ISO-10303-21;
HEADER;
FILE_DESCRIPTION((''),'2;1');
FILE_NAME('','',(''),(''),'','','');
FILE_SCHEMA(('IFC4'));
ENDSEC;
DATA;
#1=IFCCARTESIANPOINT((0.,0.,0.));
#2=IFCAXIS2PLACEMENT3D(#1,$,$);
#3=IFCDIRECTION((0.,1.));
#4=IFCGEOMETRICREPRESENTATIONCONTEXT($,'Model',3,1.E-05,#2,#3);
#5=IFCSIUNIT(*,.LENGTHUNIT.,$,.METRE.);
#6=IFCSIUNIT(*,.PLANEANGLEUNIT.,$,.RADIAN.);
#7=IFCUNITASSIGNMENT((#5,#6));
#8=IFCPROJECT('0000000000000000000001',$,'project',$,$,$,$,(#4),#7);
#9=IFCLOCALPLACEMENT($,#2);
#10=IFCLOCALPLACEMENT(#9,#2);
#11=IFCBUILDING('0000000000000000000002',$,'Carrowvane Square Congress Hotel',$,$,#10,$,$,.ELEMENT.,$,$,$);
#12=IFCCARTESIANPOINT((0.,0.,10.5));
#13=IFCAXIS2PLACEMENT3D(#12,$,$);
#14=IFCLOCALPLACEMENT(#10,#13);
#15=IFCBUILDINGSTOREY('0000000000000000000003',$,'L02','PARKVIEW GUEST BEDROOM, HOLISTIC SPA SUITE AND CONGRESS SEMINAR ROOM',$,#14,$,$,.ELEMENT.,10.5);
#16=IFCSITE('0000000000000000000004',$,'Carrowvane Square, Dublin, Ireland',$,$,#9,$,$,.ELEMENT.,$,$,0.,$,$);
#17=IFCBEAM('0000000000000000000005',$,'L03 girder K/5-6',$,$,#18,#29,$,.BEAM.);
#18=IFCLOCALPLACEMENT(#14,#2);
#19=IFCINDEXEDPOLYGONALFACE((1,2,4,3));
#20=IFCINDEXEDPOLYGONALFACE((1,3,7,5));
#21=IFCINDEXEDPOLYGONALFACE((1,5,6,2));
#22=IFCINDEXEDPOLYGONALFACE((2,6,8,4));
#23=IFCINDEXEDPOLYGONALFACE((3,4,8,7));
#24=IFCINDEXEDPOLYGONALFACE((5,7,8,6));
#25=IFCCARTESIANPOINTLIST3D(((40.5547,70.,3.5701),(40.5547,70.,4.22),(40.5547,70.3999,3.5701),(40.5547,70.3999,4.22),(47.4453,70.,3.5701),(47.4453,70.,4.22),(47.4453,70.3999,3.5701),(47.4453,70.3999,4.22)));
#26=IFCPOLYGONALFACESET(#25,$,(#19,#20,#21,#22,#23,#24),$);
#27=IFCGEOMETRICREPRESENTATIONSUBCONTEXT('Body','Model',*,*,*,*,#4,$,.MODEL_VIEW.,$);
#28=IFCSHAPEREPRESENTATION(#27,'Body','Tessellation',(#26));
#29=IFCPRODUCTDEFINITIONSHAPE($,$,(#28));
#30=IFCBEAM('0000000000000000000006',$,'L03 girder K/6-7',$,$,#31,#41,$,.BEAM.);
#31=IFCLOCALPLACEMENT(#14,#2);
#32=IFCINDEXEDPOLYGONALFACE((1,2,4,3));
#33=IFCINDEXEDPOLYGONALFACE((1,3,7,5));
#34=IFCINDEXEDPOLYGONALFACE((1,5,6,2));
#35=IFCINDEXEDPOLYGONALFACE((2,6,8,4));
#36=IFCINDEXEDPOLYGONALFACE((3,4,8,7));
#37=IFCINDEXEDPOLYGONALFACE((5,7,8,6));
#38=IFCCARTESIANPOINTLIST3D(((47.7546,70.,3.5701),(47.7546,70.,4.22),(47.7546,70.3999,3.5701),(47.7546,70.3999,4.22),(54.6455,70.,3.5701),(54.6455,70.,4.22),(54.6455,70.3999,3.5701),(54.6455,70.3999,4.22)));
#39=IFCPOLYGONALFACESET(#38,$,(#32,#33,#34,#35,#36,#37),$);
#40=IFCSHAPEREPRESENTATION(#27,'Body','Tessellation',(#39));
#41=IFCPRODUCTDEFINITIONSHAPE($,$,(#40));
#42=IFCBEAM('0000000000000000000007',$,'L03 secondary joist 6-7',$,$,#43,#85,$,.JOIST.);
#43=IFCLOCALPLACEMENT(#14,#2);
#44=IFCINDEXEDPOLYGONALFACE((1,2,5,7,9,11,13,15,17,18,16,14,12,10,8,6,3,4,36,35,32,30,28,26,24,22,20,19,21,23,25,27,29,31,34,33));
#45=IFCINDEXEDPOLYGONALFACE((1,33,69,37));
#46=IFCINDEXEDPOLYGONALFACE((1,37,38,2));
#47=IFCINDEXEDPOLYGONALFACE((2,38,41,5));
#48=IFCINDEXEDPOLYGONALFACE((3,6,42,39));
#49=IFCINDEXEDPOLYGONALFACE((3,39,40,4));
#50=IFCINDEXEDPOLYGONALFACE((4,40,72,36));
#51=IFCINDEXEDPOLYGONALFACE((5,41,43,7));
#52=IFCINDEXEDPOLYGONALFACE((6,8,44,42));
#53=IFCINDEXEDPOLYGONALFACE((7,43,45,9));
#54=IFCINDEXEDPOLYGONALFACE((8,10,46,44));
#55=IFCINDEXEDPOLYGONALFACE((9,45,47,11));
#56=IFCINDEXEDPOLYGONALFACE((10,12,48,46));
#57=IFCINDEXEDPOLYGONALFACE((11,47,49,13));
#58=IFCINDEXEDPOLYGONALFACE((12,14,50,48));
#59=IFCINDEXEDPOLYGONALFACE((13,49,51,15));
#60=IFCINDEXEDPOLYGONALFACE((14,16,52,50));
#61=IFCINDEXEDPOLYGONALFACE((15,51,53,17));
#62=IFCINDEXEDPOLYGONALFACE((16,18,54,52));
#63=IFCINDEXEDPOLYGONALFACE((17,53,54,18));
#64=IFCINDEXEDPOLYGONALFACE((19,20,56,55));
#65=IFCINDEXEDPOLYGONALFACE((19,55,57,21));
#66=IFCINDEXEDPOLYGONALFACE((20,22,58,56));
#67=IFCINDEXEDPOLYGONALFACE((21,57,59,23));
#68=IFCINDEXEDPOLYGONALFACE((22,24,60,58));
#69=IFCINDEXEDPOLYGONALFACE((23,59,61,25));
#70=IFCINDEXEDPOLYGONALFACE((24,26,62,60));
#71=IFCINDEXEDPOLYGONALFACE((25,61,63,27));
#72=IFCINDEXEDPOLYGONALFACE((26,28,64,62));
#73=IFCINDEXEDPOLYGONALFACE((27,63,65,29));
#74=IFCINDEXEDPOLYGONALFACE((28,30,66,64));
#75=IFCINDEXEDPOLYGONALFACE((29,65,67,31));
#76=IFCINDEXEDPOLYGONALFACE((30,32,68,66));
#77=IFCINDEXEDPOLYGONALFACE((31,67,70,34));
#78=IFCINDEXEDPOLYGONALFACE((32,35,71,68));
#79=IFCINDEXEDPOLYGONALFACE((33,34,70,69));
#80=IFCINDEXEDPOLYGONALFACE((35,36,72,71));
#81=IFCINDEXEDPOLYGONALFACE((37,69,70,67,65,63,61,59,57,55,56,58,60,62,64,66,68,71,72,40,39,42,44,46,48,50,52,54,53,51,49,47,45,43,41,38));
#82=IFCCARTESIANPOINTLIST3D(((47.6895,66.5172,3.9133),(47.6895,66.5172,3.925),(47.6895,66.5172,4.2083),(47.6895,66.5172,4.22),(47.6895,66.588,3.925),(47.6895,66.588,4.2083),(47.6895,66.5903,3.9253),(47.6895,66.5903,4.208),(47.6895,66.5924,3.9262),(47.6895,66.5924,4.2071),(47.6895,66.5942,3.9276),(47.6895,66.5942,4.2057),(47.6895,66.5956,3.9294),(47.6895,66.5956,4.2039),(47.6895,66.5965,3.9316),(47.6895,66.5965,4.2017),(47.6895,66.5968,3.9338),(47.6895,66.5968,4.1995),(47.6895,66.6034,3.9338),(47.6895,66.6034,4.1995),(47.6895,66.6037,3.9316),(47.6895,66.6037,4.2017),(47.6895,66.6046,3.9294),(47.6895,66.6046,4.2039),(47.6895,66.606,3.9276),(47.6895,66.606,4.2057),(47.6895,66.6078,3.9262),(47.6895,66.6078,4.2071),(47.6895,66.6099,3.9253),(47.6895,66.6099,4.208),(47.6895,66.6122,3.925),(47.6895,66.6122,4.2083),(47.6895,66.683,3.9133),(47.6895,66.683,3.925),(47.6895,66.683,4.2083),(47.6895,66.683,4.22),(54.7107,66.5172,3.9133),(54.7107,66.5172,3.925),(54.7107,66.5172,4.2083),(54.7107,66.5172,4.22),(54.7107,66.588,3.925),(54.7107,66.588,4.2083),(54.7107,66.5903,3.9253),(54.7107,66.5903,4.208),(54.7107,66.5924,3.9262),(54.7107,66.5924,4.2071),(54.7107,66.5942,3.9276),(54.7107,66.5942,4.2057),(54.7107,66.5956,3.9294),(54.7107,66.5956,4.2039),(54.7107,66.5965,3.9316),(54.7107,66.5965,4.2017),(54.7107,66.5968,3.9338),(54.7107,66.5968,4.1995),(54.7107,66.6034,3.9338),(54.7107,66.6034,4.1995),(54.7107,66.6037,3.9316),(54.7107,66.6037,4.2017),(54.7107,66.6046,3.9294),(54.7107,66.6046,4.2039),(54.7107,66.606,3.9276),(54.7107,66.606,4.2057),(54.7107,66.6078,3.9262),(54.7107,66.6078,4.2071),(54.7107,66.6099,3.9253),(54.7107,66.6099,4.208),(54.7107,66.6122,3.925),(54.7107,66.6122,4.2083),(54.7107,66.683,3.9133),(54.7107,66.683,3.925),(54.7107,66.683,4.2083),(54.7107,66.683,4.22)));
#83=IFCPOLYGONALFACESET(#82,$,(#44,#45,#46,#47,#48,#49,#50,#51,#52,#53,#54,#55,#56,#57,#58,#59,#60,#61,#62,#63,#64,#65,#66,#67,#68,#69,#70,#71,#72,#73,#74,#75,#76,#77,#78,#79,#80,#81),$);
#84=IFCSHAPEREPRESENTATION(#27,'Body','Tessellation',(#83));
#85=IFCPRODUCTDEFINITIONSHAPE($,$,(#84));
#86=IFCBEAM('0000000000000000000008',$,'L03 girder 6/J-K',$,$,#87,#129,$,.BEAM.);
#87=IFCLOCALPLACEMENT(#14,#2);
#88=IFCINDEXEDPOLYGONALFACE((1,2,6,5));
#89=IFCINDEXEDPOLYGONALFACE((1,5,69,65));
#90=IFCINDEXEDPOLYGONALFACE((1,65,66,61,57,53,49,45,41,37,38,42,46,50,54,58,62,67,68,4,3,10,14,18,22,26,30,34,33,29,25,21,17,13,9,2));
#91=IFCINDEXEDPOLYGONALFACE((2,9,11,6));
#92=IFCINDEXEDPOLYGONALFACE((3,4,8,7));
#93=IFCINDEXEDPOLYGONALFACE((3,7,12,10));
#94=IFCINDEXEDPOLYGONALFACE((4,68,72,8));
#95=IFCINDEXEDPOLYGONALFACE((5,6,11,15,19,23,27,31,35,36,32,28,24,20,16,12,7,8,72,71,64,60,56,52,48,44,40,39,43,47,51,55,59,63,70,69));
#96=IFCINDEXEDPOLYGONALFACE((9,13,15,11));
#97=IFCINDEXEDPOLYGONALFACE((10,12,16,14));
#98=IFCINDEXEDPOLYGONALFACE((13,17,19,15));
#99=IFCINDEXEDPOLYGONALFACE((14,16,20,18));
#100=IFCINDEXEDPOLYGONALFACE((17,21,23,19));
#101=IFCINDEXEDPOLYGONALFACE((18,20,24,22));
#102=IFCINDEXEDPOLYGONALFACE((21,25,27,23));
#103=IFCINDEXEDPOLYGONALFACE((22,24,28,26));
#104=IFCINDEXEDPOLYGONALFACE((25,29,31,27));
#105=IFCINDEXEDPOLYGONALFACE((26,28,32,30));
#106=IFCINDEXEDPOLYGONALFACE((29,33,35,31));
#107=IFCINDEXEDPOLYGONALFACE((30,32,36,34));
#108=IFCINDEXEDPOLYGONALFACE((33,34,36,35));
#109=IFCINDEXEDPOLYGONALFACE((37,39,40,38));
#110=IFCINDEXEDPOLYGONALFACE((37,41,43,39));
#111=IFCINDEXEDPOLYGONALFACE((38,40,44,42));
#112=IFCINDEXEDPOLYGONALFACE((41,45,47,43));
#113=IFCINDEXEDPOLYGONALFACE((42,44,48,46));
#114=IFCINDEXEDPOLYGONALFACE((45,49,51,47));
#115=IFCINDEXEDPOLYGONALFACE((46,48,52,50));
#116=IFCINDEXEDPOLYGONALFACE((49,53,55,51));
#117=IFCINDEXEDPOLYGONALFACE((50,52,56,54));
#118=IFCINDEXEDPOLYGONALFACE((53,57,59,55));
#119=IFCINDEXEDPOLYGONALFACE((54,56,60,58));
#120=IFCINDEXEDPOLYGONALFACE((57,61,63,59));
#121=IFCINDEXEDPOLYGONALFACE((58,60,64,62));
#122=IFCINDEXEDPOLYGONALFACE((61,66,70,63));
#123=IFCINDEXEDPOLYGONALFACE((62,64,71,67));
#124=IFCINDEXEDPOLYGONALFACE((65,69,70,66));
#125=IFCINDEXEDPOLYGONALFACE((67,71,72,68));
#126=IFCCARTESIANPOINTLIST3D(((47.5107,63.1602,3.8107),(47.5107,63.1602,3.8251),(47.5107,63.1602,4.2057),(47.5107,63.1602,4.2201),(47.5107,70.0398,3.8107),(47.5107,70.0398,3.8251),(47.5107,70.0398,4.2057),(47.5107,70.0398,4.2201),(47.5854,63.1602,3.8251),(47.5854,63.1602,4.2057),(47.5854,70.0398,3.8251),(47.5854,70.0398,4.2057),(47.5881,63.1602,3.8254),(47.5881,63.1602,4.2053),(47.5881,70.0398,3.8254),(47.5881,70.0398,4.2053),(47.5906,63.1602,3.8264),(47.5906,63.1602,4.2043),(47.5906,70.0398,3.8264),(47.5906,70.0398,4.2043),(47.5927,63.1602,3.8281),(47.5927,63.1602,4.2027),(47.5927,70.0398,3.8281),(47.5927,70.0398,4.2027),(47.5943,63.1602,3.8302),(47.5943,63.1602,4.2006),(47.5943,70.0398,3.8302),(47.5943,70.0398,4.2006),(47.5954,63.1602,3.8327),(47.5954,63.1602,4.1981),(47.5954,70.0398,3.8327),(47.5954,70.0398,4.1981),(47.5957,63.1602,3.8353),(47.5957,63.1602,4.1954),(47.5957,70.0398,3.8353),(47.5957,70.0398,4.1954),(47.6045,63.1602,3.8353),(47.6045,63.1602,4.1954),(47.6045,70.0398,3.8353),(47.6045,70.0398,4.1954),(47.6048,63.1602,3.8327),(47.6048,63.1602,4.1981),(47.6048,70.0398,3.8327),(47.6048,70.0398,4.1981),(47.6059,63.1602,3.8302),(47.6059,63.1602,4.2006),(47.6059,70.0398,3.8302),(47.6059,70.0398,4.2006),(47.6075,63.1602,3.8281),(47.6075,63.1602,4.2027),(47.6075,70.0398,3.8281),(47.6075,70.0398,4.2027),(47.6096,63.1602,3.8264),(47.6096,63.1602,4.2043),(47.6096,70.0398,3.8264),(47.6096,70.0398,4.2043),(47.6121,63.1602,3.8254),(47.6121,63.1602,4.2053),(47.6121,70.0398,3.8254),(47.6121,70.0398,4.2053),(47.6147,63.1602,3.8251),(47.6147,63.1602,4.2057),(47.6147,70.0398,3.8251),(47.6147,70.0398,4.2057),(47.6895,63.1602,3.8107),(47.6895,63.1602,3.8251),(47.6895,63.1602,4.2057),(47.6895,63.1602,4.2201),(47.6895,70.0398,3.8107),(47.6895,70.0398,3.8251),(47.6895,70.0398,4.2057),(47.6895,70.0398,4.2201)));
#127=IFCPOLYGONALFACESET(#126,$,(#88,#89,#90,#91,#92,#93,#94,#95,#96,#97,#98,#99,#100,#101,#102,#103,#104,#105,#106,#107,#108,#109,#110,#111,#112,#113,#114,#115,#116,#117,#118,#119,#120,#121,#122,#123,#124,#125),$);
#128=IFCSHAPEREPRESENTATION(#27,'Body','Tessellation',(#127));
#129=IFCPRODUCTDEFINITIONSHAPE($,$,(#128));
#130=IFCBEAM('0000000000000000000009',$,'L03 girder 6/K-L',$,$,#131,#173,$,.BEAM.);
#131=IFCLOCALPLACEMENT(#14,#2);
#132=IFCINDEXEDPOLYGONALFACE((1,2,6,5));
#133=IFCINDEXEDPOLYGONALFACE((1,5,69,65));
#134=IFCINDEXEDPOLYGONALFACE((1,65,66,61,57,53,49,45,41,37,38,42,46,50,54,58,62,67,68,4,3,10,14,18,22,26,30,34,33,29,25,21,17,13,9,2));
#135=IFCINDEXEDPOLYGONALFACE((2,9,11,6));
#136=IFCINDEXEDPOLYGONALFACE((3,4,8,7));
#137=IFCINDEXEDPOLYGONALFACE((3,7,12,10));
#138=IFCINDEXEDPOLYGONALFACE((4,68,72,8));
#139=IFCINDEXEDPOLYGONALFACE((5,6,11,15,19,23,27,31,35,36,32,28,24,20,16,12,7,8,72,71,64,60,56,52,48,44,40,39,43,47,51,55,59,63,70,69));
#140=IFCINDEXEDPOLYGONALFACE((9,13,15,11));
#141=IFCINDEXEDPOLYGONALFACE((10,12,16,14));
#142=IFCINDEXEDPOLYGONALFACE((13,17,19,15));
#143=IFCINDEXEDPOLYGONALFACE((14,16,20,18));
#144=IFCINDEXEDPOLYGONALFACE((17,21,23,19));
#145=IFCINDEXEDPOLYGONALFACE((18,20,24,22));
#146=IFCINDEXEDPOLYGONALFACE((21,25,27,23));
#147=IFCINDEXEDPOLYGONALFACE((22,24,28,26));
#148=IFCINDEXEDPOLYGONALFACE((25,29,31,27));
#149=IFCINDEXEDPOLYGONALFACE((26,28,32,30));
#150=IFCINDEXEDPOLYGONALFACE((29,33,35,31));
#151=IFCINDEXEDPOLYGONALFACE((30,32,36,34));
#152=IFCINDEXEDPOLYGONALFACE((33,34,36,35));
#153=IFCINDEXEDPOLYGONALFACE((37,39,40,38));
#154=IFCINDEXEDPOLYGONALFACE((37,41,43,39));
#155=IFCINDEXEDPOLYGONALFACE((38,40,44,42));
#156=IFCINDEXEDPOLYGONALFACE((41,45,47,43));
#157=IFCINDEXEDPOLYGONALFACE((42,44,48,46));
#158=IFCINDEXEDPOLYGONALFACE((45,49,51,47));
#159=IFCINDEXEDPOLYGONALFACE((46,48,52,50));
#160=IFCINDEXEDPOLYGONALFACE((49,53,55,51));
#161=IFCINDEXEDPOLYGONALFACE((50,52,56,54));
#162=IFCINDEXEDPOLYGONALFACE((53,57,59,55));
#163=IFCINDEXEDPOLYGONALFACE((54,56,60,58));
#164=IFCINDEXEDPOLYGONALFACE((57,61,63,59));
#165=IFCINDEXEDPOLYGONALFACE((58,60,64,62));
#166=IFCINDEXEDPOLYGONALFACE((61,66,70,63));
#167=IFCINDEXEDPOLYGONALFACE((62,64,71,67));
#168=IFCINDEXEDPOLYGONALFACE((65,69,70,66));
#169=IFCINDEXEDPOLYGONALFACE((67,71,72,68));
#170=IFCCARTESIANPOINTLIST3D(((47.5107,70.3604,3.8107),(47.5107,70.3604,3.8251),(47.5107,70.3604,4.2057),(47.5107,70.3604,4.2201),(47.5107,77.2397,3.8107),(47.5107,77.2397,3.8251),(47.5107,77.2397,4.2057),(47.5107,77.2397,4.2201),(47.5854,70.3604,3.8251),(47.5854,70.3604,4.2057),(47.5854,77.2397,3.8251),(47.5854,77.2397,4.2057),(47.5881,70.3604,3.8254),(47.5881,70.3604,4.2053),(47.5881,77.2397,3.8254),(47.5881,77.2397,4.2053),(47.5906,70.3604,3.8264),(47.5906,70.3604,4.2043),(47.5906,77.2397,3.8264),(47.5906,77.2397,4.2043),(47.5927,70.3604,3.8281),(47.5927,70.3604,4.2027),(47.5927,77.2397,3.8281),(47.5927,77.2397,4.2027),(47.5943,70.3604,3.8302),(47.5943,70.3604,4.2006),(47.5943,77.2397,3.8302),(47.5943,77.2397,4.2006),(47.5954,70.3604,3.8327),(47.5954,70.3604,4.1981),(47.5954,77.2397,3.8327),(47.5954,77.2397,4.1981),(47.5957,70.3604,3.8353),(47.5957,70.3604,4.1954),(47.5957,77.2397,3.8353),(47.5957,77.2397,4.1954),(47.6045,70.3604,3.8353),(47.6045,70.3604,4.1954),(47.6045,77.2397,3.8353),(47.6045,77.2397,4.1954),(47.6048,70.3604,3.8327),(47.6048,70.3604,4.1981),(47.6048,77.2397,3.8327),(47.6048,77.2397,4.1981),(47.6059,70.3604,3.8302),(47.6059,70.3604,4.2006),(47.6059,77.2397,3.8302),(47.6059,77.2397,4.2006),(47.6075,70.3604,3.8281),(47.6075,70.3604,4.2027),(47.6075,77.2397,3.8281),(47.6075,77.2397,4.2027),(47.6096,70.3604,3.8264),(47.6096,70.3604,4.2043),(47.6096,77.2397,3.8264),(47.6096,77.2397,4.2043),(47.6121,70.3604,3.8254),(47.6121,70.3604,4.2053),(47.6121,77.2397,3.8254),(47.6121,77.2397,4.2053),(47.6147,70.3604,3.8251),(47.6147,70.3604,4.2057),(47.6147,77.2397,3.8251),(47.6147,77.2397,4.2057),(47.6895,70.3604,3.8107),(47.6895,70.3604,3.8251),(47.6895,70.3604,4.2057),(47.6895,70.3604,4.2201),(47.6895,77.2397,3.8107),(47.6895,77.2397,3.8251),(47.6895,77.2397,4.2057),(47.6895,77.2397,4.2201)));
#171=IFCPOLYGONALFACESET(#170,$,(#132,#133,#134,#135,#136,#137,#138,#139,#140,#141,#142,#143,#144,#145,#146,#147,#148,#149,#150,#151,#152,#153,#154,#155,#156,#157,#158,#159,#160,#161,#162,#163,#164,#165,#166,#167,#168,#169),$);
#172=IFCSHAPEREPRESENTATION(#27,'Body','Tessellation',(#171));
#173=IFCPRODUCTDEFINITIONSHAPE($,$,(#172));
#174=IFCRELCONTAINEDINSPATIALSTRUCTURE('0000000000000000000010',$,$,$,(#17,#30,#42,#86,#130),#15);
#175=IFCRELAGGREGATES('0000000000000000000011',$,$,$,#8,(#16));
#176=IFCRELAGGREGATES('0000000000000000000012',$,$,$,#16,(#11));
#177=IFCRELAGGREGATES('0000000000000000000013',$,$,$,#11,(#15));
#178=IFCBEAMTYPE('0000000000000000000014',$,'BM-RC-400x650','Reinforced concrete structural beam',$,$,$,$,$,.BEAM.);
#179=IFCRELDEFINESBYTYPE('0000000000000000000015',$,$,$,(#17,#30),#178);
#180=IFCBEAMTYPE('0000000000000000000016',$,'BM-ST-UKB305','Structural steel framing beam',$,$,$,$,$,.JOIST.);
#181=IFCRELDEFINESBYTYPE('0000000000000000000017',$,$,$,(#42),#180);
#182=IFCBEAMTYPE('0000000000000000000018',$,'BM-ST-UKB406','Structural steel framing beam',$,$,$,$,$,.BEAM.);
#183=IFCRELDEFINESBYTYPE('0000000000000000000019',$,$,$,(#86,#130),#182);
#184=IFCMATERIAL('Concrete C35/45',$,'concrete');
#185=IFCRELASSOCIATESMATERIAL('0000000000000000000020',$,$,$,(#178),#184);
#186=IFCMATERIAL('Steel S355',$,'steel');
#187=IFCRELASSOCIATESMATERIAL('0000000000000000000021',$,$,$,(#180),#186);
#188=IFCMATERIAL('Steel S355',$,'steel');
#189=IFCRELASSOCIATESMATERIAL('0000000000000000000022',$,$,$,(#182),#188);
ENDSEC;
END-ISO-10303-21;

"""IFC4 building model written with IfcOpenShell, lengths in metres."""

from ifc_helpers import new_model, si_unit, direction, frame, origin, origin_2d, place, context, subcontext, project, spatial, rectangle, i_section, extrude, material, material_profile, profile_set, type_object, element, save


model = new_model("IFC4")

# Units and contexts
model_context = context("Model", 3, precision=1e-05, world=origin(), true_north=direction((0.0, 1.0)))
body_context = subcontext(model_context, "Body", "Model", "MODEL_VIEW")
ifc_project = project(units=[si_unit("LENGTHUNIT", "METRE"), si_unit("PLANEANGLEUNIT", "RADIAN")], contexts=[model_context])

# Site, building, storey
site_placement = place(None, origin())
site = spatial("IfcSite", under=ifc_project, at=site_placement, Name="Carrowvane Square, Dublin, Ireland", CompositionType="ELEMENT", RefElevation=0.0)
building_placement = place(site_placement, origin())
building = spatial("IfcBuilding", under=site, at=building_placement, Name="Carrowvane Square Congress Hotel", CompositionType="ELEMENT")
storey_placement = place(building_placement, frame((0.0, 0.0, 10.5)))
storey = spatial("IfcBuildingStorey", under=building, at=storey_placement, Name="L02", Description="PARKVIEW GUEST BEDROOM, HOLISTIC SPA SUITE AND CONGRESS SEMINAR ROOM", CompositionType="ELEMENT", Elevation=10.5)

# Beams
ifc_material_1 = material(Name="Concrete C35/45", Category="concrete")
ifc_material_profile_1 = material_profile(ifc_material_1, rectangle(XDim=0.3999, YDim=0.6499, at=origin_2d()), Name="RC 400x650")
ifc_profile_set_1 = profile_set([ifc_material_profile_1], Name="Concrete C35/45")
beam_type_1 = type_object("IfcBeamType", Name="BM-RC-400x650", Description="Reinforced concrete structural beam", PredefinedType="BEAM", material=ifc_profile_set_1)
beam_1_placement = place(storey_placement, frame((40.5547, 70.2, 3.895), z_axis=(1.0, 0.0, 0.0), x_axis=(0.0, 1.0, 0.0)))
element("IfcBeam", 1, at=beam_1_placement, inside=storey, type_object=beam_type_1, Name="L03 girder K/5-6", PredefinedType="BEAM", context=body_context, shape_type="SweptSolid", body=[
    extrude(rectangle(XDim=0.3999, YDim=0.6499, at=origin_2d()), origin(), (0.0, 0.0, 1.0), 6.8906),
])
beam_2_placement = place(storey_placement, frame((47.7546, 70.2, 3.895), z_axis=(1.0, 0.0, 0.0), x_axis=(0.0, 1.0, 0.0)))
element("IfcBeam", 2, at=beam_2_placement, inside=storey, type_object=beam_type_1, Name="L03 girder K/6-7", PredefinedType="BEAM", context=body_context, shape_type="SweptSolid", body=[
    extrude(rectangle(XDim=0.3999, YDim=0.6499, at=origin_2d()), origin(), (0.0, 0.0, 1.0), 6.8909),
])
ifc_material_2 = material(Name="Steel S355", Category="steel")
ifc_material_profile_2 = material_profile(ifc_material_2, i_section(OverallWidth=0.1658, OverallDepth=0.3066, WebThickness=0.0066, FlangeThickness=0.0117, FilletRadius=0.0088, at=origin_2d()), Name="UKB 305x165x46")
ifc_profile_set_2 = profile_set([ifc_material_profile_2], Name="Steel S355")
beam_type_2 = type_object("IfcBeamType", Name="BM-ST-UKB305", Description="Structural steel framing beam", PredefinedType="JOIST", material=ifc_profile_set_2)
beam_3_placement = place(storey_placement, frame((47.6895, 66.6001, 4.0667), z_axis=(1.0, 0.0, 0.0), x_axis=(0.0, 1.0, 0.0)))
element("IfcBeam", 3, at=beam_3_placement, inside=storey, type_object=beam_type_2, Name="L03 secondary joist 6-7", PredefinedType="JOIST", context=body_context, shape_type="SweptSolid", body=[
    extrude(i_section(OverallWidth=0.1658, OverallDepth=0.3066, WebThickness=0.0066, FlangeThickness=0.0117, FilletRadius=0.0088, at=origin_2d()), origin(), (0.0, 0.0, 1.0), 7.0212),
])
ifc_material_3 = material(Name="Steel S355", Category="steel")
ifc_material_profile_3 = material_profile(ifc_material_3, i_section(OverallWidth=0.1787, OverallDepth=0.4094, WebThickness=0.0088, FlangeThickness=0.0144, FilletRadius=0.0103, at=origin_2d()), Name="UKB 406x178x67")
ifc_profile_set_3 = profile_set([ifc_material_profile_3], Name="Steel S355")
beam_type_3 = type_object("IfcBeamType", Name="BM-ST-UKB406", Description="Structural steel framing beam", PredefinedType="BEAM", material=ifc_profile_set_3)
beam_4_placement = place(storey_placement, frame((47.6001, 63.1602, 4.0154), z_axis=(0.0, 1.0, 0.0), x_axis=(-1.0, 0.0, 0.0)))
element("IfcBeam", 4, at=beam_4_placement, inside=storey, type_object=beam_type_3, Name="L03 girder 6/J-K", PredefinedType="BEAM", context=body_context, shape_type="SweptSolid", body=[
    extrude(i_section(OverallWidth=0.1787, OverallDepth=0.4094, WebThickness=0.0088, FlangeThickness=0.0144, FilletRadius=0.0103, at=origin_2d()), origin(), (0.0, 0.0, 1.0), 6.8796),
])
beam_5_placement = place(storey_placement, frame((47.6001, 70.3604, 4.0154), z_axis=(0.0, 1.0, 0.0), x_axis=(-1.0, 0.0, 0.0)))
element("IfcBeam", 5, at=beam_5_placement, inside=storey, type_object=beam_type_3, Name="L03 girder 6/K-L", PredefinedType="BEAM", context=body_context, shape_type="SweptSolid", body=[
    extrude(i_section(OverallWidth=0.1787, OverallDepth=0.4094, WebThickness=0.0088, FlangeThickness=0.0144, FilletRadius=0.0103, at=origin_2d()), origin(), (0.0, 0.0, 1.0), 6.8794),
])

save(model, "model.ifc")
